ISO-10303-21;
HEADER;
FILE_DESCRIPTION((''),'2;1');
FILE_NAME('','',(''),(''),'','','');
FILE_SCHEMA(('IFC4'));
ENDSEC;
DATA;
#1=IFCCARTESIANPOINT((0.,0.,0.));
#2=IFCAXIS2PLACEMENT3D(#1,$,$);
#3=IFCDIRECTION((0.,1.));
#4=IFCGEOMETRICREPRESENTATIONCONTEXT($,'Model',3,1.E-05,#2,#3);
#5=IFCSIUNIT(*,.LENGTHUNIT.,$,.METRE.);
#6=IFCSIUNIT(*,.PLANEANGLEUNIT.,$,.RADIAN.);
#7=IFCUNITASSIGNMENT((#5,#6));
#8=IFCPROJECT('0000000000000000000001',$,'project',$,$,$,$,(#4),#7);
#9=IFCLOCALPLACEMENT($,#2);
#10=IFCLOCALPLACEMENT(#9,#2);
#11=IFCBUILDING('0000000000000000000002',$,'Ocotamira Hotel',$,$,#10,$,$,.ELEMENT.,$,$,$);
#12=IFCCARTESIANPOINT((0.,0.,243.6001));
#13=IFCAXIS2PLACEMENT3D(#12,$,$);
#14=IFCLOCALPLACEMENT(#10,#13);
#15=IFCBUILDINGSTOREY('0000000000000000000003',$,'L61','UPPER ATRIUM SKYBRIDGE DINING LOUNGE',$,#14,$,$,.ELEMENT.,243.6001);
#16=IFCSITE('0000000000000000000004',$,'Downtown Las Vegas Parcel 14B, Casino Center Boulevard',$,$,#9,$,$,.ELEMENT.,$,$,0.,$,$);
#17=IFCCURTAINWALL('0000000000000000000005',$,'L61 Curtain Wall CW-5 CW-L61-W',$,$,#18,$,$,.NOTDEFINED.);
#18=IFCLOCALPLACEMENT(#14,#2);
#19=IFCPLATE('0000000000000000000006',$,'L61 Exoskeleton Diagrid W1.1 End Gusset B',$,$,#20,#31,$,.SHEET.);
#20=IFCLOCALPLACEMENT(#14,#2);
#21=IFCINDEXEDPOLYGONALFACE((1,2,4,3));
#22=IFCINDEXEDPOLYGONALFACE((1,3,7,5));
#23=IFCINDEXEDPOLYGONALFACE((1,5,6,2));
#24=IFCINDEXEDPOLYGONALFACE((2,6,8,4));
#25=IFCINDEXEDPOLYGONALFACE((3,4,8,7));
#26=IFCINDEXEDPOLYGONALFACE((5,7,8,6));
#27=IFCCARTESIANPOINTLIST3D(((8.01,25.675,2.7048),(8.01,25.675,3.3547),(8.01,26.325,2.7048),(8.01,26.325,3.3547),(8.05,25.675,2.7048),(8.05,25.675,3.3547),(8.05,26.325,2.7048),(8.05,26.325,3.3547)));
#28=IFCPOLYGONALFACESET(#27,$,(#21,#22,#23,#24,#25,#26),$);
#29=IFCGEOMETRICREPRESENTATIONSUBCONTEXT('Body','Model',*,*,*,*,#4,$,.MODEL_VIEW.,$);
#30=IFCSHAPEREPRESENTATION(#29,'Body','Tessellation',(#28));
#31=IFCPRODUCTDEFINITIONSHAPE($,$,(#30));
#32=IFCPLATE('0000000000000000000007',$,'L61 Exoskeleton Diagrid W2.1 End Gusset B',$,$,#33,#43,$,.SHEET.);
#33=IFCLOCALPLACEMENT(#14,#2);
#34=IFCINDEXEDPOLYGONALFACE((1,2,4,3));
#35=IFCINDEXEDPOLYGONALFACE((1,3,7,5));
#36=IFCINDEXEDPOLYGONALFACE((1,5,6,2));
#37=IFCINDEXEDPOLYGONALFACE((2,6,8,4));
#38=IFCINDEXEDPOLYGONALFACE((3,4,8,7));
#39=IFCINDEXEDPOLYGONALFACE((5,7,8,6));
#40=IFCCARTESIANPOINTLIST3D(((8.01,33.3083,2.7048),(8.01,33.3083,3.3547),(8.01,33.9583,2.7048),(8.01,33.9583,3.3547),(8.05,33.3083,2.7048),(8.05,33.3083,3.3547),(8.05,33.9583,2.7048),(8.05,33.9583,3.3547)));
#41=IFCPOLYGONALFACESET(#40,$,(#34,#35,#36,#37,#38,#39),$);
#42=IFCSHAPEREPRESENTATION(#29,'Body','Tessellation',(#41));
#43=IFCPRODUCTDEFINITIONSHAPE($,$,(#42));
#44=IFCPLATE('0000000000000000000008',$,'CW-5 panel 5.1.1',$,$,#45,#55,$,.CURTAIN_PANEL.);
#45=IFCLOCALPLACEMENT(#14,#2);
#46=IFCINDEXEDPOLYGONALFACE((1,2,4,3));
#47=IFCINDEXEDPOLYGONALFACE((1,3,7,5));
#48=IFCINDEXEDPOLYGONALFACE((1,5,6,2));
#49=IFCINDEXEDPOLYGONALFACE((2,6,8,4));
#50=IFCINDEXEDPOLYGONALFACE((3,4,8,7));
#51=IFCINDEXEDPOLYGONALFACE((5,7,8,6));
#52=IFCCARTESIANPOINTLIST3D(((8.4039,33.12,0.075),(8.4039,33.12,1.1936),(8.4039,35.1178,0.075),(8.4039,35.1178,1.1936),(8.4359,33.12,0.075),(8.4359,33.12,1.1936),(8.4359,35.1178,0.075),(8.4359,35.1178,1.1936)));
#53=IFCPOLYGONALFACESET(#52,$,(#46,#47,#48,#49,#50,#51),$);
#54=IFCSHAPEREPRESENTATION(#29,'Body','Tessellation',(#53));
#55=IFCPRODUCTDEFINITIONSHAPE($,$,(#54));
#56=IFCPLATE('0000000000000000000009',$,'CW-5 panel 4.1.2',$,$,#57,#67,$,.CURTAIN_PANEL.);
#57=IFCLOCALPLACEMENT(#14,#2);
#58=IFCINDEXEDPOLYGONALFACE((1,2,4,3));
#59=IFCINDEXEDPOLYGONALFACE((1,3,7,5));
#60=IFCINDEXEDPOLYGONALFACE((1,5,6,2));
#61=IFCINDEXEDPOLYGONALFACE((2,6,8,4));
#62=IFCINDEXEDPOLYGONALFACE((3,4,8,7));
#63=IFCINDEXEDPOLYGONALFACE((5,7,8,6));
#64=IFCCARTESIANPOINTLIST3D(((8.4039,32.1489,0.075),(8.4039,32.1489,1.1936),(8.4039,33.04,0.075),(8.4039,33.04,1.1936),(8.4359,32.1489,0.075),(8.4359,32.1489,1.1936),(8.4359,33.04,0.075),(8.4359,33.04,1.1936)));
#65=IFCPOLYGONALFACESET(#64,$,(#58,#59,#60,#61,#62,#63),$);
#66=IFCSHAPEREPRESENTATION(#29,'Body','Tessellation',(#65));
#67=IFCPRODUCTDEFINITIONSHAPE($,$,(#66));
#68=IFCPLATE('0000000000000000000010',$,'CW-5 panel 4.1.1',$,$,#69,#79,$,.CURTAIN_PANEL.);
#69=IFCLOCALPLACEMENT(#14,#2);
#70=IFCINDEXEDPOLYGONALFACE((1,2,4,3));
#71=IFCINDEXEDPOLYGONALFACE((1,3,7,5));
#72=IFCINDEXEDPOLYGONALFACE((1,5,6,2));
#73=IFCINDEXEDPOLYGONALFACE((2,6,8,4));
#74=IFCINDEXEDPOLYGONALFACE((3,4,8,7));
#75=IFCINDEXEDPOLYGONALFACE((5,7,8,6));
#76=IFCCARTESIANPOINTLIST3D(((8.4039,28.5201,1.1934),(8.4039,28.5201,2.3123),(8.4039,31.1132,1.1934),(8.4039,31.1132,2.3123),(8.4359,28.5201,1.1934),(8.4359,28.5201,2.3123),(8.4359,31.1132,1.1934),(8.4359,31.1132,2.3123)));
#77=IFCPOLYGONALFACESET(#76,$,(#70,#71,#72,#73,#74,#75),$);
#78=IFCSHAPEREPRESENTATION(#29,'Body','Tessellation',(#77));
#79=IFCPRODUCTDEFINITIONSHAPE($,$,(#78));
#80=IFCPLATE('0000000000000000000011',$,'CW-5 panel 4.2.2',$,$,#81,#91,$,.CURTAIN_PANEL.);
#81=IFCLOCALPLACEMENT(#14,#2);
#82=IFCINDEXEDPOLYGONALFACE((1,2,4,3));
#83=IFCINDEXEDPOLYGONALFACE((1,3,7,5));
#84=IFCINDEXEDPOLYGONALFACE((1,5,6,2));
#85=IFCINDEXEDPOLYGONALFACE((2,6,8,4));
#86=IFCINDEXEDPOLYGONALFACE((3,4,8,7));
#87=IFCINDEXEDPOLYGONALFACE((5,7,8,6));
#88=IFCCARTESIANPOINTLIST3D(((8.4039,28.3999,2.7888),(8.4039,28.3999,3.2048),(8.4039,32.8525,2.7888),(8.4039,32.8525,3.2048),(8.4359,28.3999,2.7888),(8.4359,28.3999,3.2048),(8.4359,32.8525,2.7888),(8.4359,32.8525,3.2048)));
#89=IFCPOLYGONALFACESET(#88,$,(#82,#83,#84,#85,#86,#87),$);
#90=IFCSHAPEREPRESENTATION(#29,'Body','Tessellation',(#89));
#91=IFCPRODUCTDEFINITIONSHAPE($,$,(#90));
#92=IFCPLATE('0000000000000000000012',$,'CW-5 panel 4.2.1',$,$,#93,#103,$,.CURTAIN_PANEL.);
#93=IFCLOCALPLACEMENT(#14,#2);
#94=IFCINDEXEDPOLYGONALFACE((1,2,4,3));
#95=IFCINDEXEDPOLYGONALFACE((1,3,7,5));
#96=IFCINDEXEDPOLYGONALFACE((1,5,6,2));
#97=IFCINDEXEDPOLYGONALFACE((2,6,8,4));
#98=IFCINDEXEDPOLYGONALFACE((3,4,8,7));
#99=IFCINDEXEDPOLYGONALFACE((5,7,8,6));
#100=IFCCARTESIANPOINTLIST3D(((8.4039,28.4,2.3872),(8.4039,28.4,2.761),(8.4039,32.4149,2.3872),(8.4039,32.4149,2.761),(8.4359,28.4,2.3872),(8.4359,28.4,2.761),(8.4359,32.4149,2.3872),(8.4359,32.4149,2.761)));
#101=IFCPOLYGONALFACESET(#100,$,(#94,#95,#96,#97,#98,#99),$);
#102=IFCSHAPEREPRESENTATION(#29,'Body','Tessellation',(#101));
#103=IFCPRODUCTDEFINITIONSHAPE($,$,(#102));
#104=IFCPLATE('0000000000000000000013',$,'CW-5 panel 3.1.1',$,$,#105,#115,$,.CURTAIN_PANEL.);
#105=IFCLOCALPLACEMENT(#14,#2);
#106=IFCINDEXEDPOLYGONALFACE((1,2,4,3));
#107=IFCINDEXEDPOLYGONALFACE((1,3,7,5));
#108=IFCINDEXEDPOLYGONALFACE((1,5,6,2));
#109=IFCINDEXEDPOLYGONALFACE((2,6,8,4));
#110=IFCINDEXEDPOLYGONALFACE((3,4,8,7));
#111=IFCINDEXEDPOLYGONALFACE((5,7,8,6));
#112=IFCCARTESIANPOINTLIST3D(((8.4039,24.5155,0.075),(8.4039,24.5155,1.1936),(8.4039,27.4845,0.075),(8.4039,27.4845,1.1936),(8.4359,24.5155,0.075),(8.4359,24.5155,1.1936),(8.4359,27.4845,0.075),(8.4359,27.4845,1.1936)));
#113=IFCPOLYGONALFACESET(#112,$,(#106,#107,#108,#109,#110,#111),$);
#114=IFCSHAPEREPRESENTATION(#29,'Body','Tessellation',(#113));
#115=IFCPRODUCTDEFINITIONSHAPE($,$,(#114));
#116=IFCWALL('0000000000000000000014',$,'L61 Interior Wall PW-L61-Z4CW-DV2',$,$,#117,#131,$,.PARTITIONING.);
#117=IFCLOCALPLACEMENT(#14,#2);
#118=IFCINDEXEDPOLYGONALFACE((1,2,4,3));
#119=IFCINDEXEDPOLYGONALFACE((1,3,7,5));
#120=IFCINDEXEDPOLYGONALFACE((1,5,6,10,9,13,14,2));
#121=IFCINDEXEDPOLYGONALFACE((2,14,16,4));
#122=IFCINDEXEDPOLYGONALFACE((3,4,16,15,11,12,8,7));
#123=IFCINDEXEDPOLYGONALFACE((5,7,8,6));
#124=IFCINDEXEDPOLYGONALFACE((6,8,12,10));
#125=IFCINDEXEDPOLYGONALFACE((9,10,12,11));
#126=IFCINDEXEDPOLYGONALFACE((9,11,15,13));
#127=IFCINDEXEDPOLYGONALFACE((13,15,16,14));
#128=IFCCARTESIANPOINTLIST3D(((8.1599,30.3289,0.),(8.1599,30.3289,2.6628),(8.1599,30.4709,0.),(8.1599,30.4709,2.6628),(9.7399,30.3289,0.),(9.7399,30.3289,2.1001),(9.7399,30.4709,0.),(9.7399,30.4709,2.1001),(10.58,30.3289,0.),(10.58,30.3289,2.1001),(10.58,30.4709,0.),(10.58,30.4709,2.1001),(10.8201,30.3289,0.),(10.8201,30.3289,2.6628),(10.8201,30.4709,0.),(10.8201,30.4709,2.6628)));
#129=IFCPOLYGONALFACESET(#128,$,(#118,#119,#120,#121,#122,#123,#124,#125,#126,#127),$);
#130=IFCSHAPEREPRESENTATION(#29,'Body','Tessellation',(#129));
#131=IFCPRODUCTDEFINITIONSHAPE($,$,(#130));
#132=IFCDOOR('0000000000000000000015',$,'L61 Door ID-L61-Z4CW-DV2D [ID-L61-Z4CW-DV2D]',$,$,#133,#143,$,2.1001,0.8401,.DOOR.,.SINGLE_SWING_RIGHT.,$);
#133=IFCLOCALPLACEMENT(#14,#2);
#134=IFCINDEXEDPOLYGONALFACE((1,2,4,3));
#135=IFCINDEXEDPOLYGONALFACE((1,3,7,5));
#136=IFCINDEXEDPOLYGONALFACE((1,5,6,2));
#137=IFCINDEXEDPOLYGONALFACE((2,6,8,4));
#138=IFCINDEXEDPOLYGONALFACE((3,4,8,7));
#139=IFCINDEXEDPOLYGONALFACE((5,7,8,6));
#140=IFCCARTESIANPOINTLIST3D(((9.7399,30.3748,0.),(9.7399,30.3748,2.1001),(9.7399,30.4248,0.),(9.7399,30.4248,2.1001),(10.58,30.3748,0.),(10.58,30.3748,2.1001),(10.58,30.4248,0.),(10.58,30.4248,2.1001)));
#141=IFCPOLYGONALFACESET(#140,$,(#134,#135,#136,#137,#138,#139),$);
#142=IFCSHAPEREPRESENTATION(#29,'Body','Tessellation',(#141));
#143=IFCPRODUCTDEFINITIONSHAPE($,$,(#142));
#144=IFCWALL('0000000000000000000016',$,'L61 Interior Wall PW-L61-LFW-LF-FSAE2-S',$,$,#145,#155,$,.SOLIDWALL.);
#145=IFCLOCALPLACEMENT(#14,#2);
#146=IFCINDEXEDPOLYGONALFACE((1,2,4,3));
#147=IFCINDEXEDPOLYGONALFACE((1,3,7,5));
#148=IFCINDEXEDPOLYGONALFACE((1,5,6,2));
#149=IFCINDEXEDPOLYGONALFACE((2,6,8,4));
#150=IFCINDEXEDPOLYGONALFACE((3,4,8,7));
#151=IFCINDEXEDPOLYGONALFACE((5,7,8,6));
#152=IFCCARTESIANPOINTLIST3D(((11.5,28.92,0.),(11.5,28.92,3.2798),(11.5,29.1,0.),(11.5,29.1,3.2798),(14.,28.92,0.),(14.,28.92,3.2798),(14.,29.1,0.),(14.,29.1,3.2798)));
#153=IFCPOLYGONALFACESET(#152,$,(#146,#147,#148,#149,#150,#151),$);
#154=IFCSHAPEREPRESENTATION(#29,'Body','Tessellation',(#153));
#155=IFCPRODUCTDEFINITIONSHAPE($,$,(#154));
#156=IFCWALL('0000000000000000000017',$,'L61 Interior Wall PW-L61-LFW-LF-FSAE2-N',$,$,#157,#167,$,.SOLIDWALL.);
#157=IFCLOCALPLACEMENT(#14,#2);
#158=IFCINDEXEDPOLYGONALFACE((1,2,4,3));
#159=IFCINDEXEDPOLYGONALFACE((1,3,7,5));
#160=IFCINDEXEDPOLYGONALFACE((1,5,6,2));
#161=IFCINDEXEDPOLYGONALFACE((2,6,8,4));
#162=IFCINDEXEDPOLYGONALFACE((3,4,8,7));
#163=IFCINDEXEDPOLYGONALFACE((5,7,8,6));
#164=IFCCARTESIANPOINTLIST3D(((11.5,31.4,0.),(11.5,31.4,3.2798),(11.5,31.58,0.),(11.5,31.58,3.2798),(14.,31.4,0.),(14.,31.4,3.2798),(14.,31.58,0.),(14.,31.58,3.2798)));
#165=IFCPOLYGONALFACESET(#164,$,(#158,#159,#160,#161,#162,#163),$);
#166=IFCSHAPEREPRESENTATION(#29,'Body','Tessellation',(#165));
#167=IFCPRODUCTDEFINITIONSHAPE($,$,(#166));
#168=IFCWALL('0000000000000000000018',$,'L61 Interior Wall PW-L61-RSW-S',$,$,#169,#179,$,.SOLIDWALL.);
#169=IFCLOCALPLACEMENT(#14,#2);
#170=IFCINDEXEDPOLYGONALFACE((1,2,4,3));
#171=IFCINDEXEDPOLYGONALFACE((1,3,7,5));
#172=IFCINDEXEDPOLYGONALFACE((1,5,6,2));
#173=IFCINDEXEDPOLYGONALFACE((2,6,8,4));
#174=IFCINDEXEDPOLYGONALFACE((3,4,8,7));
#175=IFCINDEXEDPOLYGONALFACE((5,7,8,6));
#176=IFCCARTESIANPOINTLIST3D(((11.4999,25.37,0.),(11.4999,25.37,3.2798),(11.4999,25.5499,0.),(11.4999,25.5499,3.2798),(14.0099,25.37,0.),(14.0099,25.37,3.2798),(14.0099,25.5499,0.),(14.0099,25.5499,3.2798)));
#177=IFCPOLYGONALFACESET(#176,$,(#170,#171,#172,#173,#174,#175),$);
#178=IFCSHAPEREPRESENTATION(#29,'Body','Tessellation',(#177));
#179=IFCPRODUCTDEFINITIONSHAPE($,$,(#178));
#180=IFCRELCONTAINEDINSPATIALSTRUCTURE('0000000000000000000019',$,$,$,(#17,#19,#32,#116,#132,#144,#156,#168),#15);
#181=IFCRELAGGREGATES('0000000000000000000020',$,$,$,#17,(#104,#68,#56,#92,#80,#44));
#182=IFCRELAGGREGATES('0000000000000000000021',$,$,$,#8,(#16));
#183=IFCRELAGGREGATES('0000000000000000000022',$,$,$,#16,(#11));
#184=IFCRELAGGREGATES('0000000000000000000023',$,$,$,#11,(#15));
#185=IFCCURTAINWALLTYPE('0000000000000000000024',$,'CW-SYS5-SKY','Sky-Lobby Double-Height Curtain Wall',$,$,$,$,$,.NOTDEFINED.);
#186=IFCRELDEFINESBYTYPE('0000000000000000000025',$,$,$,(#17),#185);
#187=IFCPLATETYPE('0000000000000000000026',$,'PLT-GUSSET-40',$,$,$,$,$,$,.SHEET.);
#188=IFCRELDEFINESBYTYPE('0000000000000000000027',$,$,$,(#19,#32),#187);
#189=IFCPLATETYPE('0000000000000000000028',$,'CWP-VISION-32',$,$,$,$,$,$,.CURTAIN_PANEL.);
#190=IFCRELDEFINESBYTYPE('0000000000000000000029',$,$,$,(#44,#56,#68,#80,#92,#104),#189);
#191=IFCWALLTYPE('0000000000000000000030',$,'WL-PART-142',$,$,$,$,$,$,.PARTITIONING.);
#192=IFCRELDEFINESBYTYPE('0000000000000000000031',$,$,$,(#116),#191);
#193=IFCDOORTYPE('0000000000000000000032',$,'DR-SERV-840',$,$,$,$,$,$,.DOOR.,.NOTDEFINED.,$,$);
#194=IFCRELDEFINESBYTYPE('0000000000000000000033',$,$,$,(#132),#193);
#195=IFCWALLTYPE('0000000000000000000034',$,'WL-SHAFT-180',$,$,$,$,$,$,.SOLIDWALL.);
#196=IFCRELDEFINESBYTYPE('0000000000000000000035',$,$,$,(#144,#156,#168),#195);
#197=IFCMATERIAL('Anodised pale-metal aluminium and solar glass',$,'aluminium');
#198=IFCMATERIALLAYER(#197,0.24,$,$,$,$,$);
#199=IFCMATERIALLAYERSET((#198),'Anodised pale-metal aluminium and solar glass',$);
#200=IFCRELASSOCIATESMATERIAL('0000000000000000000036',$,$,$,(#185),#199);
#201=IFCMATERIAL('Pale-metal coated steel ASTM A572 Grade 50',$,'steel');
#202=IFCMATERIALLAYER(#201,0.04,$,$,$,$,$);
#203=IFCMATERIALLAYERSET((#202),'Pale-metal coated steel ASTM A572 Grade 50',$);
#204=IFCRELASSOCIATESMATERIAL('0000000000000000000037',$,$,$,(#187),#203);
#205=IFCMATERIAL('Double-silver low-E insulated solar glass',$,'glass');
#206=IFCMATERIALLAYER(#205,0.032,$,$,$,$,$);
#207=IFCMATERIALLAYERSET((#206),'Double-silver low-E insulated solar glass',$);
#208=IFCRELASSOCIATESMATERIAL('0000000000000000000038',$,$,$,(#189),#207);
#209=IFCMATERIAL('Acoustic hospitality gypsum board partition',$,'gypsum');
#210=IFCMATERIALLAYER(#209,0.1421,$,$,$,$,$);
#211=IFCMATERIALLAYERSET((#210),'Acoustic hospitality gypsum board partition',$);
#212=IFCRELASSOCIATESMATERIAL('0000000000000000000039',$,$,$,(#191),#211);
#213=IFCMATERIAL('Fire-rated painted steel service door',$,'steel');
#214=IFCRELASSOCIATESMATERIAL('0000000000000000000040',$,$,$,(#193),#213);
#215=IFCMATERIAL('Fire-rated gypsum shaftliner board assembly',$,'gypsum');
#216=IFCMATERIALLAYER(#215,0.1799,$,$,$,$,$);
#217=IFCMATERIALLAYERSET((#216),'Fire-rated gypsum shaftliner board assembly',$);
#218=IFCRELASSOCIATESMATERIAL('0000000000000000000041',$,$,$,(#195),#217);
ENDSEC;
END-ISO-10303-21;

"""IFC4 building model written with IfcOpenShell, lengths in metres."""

from ifc_helpers import new_model, si_unit, direction, frame, frame_2d, origin, origin_2d, place, context, subcontext, project, spatial, rectangle, extrude, source, transform, mapped, material, layer, layer_set, type_object, element, fill, aggregate, save


model = new_model("IFC4")

# Units and contexts
model_context = context("Model", 3, precision=1e-05, world=origin(), true_north=direction((0.0, 1.0)))
body_context = subcontext(model_context, "Body", "Model", "MODEL_VIEW")
ifc_project = project(units=[si_unit("LENGTHUNIT", "METRE"), si_unit("PLANEANGLEUNIT", "RADIAN")], contexts=[model_context])

# Site, building, storey
site_placement = place(None, origin())
site = spatial("IfcSite", under=ifc_project, at=site_placement, Name="Downtown Las Vegas Parcel 14B, Casino Center Boulevard", CompositionType="ELEMENT", RefElevation=0.0)
building_placement = place(site_placement, origin())
building = spatial("IfcBuilding", under=site, at=building_placement, Name="Ocotamira Hotel", CompositionType="ELEMENT")
storey_placement = place(building_placement, frame((0.0, 0.0, 243.6001)))
storey = spatial("IfcBuildingStorey", under=building, at=storey_placement, Name="L61", Description="UPPER ATRIUM SKYBRIDGE DINING LOUNGE", CompositionType="ELEMENT", Elevation=243.6001)

# Curtain wall
ifc_material_1 = material(Name="Anodised pale-metal aluminium and solar glass", Category="aluminium")
ifc_layer_1 = layer(ifc_material_1, 0.24)
ifc_layer_set_1 = layer_set([ifc_layer_1], Name="Anodised pale-metal aluminium and solar glass")
curtain_wall_type = type_object("IfcCurtainWallType", Name="CW-SYS5-SKY", Description="Sky-Lobby Double-Height Curtain Wall", PredefinedType="NOTDEFINED", material=ifc_layer_set_1)
curtain_wall_placement = place(storey_placement, origin())
curtain_wall = element("IfcCurtainWall", 1, at=curtain_wall_placement, inside=storey, type_object=curtain_wall_type, Name="L61 Curtain Wall CW-5 CW-L61-W", PredefinedType="NOTDEFINED")

# Plates
ifc_material_2 = material(Name="Pale-metal coated steel ASTM A572 Grade 50", Category="steel")
ifc_layer_2 = layer(ifc_material_2, 0.04)
ifc_layer_set_2 = layer_set([ifc_layer_2], Name="Pale-metal coated steel ASTM A572 Grade 50")
plate_type_1 = type_object("IfcPlateType", Name="PLT-GUSSET-40", PredefinedType="SHEET", material=ifc_layer_set_2)
shared_shape_1 = source(origin(), body_context, "Body", "SweptSolid", [
    extrude(rectangle(XDim=0.04, YDim=0.6499, at=origin_2d()), origin(), (0.0, 0.0, 1.0), 0.6499),
])
for number, where, z_axis, x_axis, name in (
    (2, (8.03, 26.0, 2.7048), (0.0, 0.0, 1.0), (1.0, 0.0, 0.0), "L61 Exoskeleton Diagrid W1.1 End Gusset B"),
    (3, (8.03, 33.6333, 2.7048), (0.0, 0.0, 1.0), (1.0, 0.0, 0.0), "L61 Exoskeleton Diagrid W2.1 End Gusset B"),
):
    element("IfcPlate", number, at=place(storey_placement, frame(where, z_axis=z_axis, x_axis=x_axis)), inside=storey, type_object=plate_type_1, Name=name, PredefinedType="SHEET", context=body_context, shape_type="MappedRepresentation", body=[
        mapped(shared_shape_1, transform((0.0, 0.0, 0.0), scale=1.0)),
    ])

# Plates
ifc_material_3 = material(Name="Double-silver low-E insulated solar glass", Category="glass")
ifc_layer_3 = layer(ifc_material_3, 0.032)
ifc_layer_set_3 = layer_set([ifc_layer_3], Name="Double-silver low-E insulated solar glass")
plate_type_2 = type_object("IfcPlateType", Name="CWP-VISION-32", PredefinedType="CURTAIN_PANEL", material=ifc_layer_set_3)
shared_shape_2 = source(origin(), body_context, "Body", "SweptSolid", [
    extrude(rectangle(XDim=1.9978, YDim=0.032, at=origin_2d()), origin(), (0.0, 0.0, 1.0), 1.1187),
])
plate_1_placement = place(storey_placement, frame((8.4199, 34.1189, 0.075), z_axis=(0.0, 0.0, 1.0), x_axis=(0.0, 1.0, 0.0)))
plate_1 = element("IfcPlate", 4, at=plate_1_placement, type_object=plate_type_2, Name="CW-5 panel 5.1.1", PredefinedType="CURTAIN_PANEL", context=body_context, shape_type="MappedRepresentation", body=[
    mapped(shared_shape_2, transform((0.0, 0.0, 0.0), scale=1.0)),
])
shared_shape_3 = source(origin(), body_context, "Body", "SweptSolid", [
    extrude(rectangle(XDim=0.8911, YDim=0.032, at=origin_2d()), origin(), (0.0, 0.0, 1.0), 1.1187),
])
plate_2_placement = place(storey_placement, frame((8.4199, 32.5945, 0.075), z_axis=(0.0, 0.0, 1.0), x_axis=(0.0, 1.0, 0.0)))
plate_2 = element("IfcPlate", 5, at=plate_2_placement, type_object=plate_type_2, Name="CW-5 panel 4.1.2", PredefinedType="CURTAIN_PANEL", context=body_context, shape_type="MappedRepresentation", body=[
    mapped(shared_shape_3, transform((0.0, 0.0, 0.0), scale=1.0)),
])
shared_shape_4 = source(origin(), body_context, "Body", "SweptSolid", [
    extrude(rectangle(XDim=2.593, YDim=0.032, at=origin_2d()), origin(), (0.0, 0.0, 1.0), 1.1189),
])
plate_3_placement = place(storey_placement, frame((8.4199, 29.8167, 1.1934), z_axis=(0.0, 0.0, 1.0), x_axis=(0.0, 1.0, 0.0)))
plate_3 = element("IfcPlate", 6, at=plate_3_placement, type_object=plate_type_2, Name="CW-5 panel 4.1.1", PredefinedType="CURTAIN_PANEL", context=body_context, shape_type="MappedRepresentation", body=[
    mapped(shared_shape_4, transform((0.0, 0.0, 0.0), scale=1.0)),
])
shared_shape_5 = source(origin(), body_context, "Body", "SweptSolid", [
    extrude(rectangle(XDim=4.4526, YDim=0.032, at=origin_2d()), origin(), (0.0, 0.0, 1.0), 0.416),
])
plate_4_placement = place(storey_placement, frame((8.4199, 30.6262, 2.7888), z_axis=(0.0, 0.0, 1.0), x_axis=(0.0, 1.0, 0.0)))
plate_4 = element("IfcPlate", 7, at=plate_4_placement, type_object=plate_type_2, Name="CW-5 panel 4.2.2", PredefinedType="CURTAIN_PANEL", context=body_context, shape_type="MappedRepresentation", body=[
    mapped(shared_shape_5, transform((0.0, 0.0, 0.0), scale=1.0)),
])
shared_shape_6 = source(origin(), body_context, "Body", "SweptSolid", [
    extrude(rectangle(XDim=4.0149, YDim=0.032, at=origin_2d()), origin(), (0.0, 0.0, 1.0), 0.3738),
])
plate_5_placement = place(storey_placement, frame((8.4199, 30.4075, 2.3872), z_axis=(0.0, 0.0, 1.0), x_axis=(0.0, 1.0, 0.0)))
plate_5 = element("IfcPlate", 8, at=plate_5_placement, type_object=plate_type_2, Name="CW-5 panel 4.2.1", PredefinedType="CURTAIN_PANEL", context=body_context, shape_type="MappedRepresentation", body=[
    mapped(shared_shape_6, transform((0.0, 0.0, 0.0), scale=1.0)),
])
shared_shape_7 = source(origin(), body_context, "Body", "SweptSolid", [
    extrude(rectangle(XDim=2.969, YDim=0.032, at=origin_2d()), origin(), (0.0, 0.0, 1.0), 1.1187),
])
plate_6_placement = place(storey_placement, frame((8.4199, 26.0, 0.075), z_axis=(0.0, 0.0, 1.0), x_axis=(0.0, 1.0, 0.0)))
plate_6 = element("IfcPlate", 9, at=plate_6_placement, type_object=plate_type_2, Name="CW-5 panel 3.1.1", PredefinedType="CURTAIN_PANEL", context=body_context, shape_type="MappedRepresentation", body=[
    mapped(shared_shape_7, transform((0.0, 0.0, 0.0), scale=1.0)),
])
aggregate(curtain_wall, [plate_6, plate_3, plate_2, plate_5, plate_4, plate_1])

# Wall, opening, door
ifc_material_4 = material(Name="Acoustic hospitality gypsum board partition", Category="gypsum")
ifc_layer_4 = layer(ifc_material_4, 0.1421)
ifc_layer_set_4 = layer_set([ifc_layer_4], Name="Acoustic hospitality gypsum board partition")
wall_type_1 = type_object("IfcWallType", Name="WL-PART-142", PredefinedType="PARTITIONING", material=ifc_layer_set_4)
wall_1_placement = place(storey_placement, frame((8.1599, 30.3999, 0.0), z_axis=(0.0, 0.0, 1.0), x_axis=(1.0, 0.0, 0.0)))
wall_1 = element("IfcWall", 10, at=wall_1_placement, inside=storey, type_object=wall_type_1, Name="L61 Interior Wall PW-L61-Z4CW-DV2", PredefinedType="PARTITIONING", context=body_context, shape_type="SweptSolid", body=[
    extrude(rectangle(XDim=2.6602, YDim=0.1421, at=frame_2d((1.3301, 0.0))), origin(), (0.0, 0.0, 1.0), 2.6628),
])
opening_1_placement = place(wall_1_placement, frame((1.5801, 0.0, 0.0)))
opening_1 = element("IfcOpeningElement", 11, at=opening_1_placement, cuts=wall_1, PredefinedType="OPENING", context=body_context, shape_type="SweptSolid", body=[
    extrude(rectangle(XDim=0.8401, YDim=2.1001, at=frame_2d((0.4199, 1.05))), frame((0.0, 0.0811, 0.0), z_axis=(0.0, -1.0, 0.0), x_axis=(1.0, 0.0, 0.0)), (0.0, 0.0, 1.0), 0.1621),
])
ifc_material_5 = material(Name="Fire-rated painted steel service door", Category="steel")
door_type_1 = type_object("IfcDoorType", Name="DR-SERV-840", OperationType="NOTDEFINED", PredefinedType="DOOR", material=ifc_material_5)
shared_shape_8 = source(origin(), body_context, "Body", "SweptSolid", [
    extrude(rectangle(XDim=0.8401, YDim=2.1001, at=frame_2d((0.4199, 1.05))), frame((0.0, 0.0249, 0.0), z_axis=(0.0, -1.0, 0.0), x_axis=(1.0, 0.0, 0.0)), (0.0, 0.0, 1.0), 0.05),
])
door_1_placement = place(opening_1_placement, origin())
door_1 = element("IfcDoor", 12, at=door_1_placement, inside=storey, type_object=door_type_1, Name="L61 Door ID-L61-Z4CW-DV2D [ID-L61-Z4CW-DV2D]", OperationType="SINGLE_SWING_RIGHT", OverallHeight=2.1001, OverallWidth=0.8401, PredefinedType="DOOR", context=body_context, shape_type="MappedRepresentation", body=[
    mapped(shared_shape_8, transform((0.0, 0.0, 0.0), scale=1.0)),
])
fill(opening_1, door_1)

# Walls
ifc_material_6 = material(Name="Fire-rated gypsum shaftliner board assembly", Category="gypsum")
ifc_layer_5 = layer(ifc_material_6, 0.1799)
ifc_layer_set_5 = layer_set([ifc_layer_5], Name="Fire-rated gypsum shaftliner board assembly")
wall_type_2 = type_object("IfcWallType", Name="WL-SHAFT-180", PredefinedType="SOLIDWALL", material=ifc_layer_set_5)
for number, where, z_axis, x_axis, name in (
    (13, (11.5, 29.01, 0.0), (0.0, 0.0, 1.0), (1.0, 0.0, 0.0), "L61 Interior Wall PW-L61-LFW-LF-FSAE2-S"),
    (14, (11.5, 31.49, 0.0), (0.0, 0.0, 1.0), (1.0, 0.0, 0.0), "L61 Interior Wall PW-L61-LFW-LF-FSAE2-N"),
):
    element("IfcWall", number, at=place(storey_placement, frame(where, z_axis=z_axis, x_axis=x_axis)), inside=storey, type_object=wall_type_2, Name=name, PredefinedType="SOLIDWALL", context=body_context, shape_type="SweptSolid", body=[
        extrude(rectangle(XDim=2.5, YDim=0.1799, at=frame_2d((1.25, 0.0))), origin(), (0.0, 0.0, 1.0), 3.2798),
    ])
for number, where, z_axis, x_axis, name in (
    (15, (11.5, 25.46, 0.0), (0.0, 0.0, 1.0), (1.0, 0.0, 0.0), "L61 Interior Wall PW-L61-RSW-S"),
):
    element("IfcWall", number, at=place(storey_placement, frame(where, z_axis=z_axis, x_axis=x_axis)), inside=storey, type_object=wall_type_2, Name=name, PredefinedType="SOLIDWALL", context=body_context, shape_type="SweptSolid", body=[
        extrude(rectangle(XDim=2.51, YDim=0.1799, at=frame_2d((1.2549, 0.0))), origin(), (0.0, 0.0, 1.0), 3.2798),
    ])

save(model, "model.ifc")
